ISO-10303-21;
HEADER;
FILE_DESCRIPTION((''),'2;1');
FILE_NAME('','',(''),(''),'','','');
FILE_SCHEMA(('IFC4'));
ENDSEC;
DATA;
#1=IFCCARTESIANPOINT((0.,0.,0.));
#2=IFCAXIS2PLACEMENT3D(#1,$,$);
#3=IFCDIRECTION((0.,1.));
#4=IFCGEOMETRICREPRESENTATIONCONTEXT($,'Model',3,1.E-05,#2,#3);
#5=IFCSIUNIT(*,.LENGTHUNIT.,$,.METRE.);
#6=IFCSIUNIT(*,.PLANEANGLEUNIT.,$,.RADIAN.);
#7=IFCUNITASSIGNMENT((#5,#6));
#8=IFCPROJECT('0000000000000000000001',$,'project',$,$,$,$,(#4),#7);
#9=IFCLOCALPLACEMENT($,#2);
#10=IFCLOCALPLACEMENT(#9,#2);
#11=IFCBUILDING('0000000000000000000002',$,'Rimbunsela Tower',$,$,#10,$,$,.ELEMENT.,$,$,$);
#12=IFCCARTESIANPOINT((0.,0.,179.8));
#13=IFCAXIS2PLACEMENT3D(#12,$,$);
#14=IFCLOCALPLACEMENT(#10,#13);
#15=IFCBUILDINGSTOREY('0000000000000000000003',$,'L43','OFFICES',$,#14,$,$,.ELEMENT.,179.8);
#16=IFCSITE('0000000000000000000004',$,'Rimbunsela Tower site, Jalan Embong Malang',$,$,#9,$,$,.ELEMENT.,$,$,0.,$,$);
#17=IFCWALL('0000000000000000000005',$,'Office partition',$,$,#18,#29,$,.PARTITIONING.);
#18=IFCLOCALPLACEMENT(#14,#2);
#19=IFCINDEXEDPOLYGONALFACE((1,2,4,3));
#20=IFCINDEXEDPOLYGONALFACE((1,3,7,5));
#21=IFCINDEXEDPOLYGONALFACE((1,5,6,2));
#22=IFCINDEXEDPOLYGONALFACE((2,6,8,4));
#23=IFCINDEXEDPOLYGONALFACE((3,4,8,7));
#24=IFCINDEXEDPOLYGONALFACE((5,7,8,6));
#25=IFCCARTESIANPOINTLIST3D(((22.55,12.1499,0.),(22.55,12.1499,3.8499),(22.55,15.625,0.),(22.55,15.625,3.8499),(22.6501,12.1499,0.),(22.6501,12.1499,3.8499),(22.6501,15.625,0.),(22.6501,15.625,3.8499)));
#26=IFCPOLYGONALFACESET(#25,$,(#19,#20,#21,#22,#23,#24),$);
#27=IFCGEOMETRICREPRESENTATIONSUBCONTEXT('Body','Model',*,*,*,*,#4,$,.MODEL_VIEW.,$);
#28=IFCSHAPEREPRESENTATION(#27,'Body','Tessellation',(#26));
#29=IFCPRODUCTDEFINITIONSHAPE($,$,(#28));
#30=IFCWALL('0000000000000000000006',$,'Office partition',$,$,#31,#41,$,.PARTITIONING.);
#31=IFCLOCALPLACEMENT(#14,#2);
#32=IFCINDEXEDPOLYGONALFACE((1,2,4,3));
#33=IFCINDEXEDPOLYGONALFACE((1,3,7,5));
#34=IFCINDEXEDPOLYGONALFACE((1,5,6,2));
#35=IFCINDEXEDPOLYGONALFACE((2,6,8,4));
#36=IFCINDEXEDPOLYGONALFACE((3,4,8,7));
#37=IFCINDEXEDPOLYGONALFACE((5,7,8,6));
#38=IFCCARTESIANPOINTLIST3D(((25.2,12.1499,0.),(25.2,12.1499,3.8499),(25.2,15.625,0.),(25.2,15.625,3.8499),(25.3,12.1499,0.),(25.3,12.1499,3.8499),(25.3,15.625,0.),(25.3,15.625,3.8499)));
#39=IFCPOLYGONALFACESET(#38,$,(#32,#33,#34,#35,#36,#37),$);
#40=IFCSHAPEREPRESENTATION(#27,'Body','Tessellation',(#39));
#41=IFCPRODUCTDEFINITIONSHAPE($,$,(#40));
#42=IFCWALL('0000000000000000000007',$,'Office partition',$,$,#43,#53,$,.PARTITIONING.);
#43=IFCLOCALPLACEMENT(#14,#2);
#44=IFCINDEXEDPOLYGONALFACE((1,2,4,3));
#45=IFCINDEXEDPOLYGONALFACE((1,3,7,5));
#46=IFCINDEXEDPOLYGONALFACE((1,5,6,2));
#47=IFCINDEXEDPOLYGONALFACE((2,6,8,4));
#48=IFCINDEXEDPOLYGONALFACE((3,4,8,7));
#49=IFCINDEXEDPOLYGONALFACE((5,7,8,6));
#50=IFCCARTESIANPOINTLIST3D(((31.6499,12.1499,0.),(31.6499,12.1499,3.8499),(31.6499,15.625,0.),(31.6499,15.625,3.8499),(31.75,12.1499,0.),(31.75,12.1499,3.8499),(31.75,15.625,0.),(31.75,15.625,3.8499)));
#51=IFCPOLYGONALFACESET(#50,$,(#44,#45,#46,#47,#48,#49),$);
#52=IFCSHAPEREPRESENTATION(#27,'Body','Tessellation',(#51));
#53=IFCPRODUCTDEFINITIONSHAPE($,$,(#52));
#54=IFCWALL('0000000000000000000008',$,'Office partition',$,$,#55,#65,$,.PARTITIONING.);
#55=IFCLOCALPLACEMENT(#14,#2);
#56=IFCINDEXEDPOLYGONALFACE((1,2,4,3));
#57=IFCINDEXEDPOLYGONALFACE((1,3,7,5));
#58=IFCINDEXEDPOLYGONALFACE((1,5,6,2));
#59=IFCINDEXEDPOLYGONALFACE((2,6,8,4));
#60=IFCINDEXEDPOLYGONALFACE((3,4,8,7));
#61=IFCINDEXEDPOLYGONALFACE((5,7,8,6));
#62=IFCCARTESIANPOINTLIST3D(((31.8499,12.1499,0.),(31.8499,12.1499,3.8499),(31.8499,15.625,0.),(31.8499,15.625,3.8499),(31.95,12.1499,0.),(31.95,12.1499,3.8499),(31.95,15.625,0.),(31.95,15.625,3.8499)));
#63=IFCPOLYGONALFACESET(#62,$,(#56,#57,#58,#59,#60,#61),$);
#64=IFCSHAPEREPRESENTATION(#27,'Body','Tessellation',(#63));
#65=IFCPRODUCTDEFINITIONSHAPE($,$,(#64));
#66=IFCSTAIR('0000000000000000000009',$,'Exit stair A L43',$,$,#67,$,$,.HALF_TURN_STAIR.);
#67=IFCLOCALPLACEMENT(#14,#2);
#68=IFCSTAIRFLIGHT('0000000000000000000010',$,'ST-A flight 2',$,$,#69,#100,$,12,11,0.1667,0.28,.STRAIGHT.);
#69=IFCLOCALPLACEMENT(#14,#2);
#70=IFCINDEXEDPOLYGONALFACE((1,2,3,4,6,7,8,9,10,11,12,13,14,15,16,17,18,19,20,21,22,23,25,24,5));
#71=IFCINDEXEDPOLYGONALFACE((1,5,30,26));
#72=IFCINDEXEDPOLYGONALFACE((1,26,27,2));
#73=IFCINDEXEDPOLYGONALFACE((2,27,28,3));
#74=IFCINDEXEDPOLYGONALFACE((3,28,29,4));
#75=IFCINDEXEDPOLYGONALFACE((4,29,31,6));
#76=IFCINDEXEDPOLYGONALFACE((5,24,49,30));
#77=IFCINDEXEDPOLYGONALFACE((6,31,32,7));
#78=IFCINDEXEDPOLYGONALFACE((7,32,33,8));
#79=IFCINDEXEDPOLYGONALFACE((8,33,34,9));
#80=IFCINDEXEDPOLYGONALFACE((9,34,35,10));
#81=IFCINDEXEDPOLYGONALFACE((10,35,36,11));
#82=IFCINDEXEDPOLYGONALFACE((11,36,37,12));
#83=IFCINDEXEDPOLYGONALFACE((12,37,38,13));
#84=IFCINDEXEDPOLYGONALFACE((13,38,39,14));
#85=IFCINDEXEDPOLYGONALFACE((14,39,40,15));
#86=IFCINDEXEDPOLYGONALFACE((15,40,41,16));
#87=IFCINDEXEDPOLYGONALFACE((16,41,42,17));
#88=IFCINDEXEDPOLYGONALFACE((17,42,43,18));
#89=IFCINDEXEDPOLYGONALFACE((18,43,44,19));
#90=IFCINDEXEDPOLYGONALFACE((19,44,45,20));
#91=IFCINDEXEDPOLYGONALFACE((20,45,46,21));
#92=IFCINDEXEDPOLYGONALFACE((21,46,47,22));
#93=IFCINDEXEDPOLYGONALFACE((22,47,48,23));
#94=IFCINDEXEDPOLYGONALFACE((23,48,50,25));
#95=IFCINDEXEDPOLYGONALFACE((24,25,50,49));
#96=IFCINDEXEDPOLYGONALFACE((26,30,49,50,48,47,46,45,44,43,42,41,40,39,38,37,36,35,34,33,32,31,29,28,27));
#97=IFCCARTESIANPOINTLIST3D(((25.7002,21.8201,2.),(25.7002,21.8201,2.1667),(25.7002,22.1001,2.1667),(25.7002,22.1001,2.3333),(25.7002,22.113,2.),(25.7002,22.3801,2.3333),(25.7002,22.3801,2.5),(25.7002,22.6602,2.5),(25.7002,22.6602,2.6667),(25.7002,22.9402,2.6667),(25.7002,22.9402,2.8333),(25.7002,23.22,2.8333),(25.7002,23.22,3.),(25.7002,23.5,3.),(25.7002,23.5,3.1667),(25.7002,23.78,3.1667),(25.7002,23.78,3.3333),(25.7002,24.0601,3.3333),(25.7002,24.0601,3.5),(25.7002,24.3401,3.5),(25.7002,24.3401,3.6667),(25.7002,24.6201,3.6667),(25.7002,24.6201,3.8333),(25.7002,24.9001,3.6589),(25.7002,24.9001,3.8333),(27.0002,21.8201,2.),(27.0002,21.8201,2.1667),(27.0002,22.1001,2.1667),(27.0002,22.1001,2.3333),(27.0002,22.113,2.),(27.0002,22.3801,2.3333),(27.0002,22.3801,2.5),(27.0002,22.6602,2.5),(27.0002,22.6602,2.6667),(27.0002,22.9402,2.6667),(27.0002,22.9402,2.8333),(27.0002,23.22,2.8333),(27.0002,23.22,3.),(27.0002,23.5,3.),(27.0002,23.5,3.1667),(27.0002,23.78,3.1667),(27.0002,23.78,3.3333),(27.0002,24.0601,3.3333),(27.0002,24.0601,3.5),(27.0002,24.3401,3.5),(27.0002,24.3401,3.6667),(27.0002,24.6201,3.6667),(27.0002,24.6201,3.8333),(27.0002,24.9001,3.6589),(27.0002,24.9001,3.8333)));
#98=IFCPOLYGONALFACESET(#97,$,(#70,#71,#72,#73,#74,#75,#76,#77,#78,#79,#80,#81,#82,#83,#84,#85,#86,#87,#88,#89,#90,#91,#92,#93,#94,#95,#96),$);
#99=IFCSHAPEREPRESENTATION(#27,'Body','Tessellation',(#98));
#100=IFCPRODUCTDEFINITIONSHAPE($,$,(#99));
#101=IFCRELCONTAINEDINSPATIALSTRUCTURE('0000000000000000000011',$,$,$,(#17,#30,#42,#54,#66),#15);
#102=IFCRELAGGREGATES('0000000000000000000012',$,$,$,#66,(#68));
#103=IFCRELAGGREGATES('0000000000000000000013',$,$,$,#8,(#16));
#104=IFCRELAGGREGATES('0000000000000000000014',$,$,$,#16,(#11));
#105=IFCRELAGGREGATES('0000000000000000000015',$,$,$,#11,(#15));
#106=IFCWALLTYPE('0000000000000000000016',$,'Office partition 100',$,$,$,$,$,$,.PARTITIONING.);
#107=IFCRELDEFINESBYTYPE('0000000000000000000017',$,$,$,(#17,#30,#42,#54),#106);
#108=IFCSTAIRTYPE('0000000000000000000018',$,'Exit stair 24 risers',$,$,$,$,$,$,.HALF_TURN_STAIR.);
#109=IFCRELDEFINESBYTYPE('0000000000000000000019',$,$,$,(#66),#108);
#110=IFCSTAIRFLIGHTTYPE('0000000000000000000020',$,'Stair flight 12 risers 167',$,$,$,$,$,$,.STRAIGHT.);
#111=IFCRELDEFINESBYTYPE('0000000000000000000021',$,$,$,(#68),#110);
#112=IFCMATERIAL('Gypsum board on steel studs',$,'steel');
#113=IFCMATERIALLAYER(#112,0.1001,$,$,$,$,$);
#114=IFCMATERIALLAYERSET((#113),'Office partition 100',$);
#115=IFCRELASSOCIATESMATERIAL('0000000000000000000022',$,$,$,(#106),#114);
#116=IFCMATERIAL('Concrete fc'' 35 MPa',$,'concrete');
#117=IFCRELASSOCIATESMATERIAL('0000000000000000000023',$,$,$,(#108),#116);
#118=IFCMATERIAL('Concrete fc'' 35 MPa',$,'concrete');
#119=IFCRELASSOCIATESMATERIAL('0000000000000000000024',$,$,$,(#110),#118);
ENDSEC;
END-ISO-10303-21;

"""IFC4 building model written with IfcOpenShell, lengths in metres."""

from ifc_helpers import new_model, si_unit, direction, frame, frame_2d, origin, place, context, subcontext, project, spatial, polyline, rectangle, outline, extrude, material, layer, layer_set, type_object, element, aggregate, save


model = new_model("IFC4")

# Units and contexts
model_context = context("Model", 3, precision=1e-05, world=origin(), true_north=direction((0.0, 1.0)))
body_context = subcontext(model_context, "Body", "Model", "MODEL_VIEW")
ifc_project = project(units=[si_unit("LENGTHUNIT", "METRE"), si_unit("PLANEANGLEUNIT", "RADIAN")], contexts=[model_context])

# Site, building, storey
site_placement = place(None, origin())
site = spatial("IfcSite", under=ifc_project, at=site_placement, Name="Rimbunsela Tower site, Jalan Embong Malang", CompositionType="ELEMENT", RefElevation=0.0)
building_placement = place(site_placement, origin())
building = spatial("IfcBuilding", under=site, at=building_placement, Name="Rimbunsela Tower", CompositionType="ELEMENT")
storey_placement = place(building_placement, frame((0.0, 0.0, 179.8)))
storey = spatial("IfcBuildingStorey", under=building, at=storey_placement, Name="L43", Description="OFFICES", CompositionType="ELEMENT", Elevation=179.8)

# Shared definitions
ifc_material_1 = material(Name="Gypsum board on steel studs", Category="steel")
ifc_layer_1 = layer(ifc_material_1, 0.1001)
ifc_layer_set_1 = layer_set([ifc_layer_1], Name="Office partition 100")
wall_type_1 = type_object("IfcWallType", Name="Office partition 100", PredefinedType="PARTITIONING", material=ifc_layer_set_1)

# Walls
for number, where, z_axis, x_axis, name in (
    (1, (22.6001, 12.1499, 0.0), (0.0, 0.0, 1.0), (0.0, 1.0, 0.0), "Office partition"),
    (2, (25.25, 12.1499, 0.0), (0.0, 0.0, 1.0), (0.0, 1.0, 0.0), "Office partition"),
    (3, (31.7, 12.1499, 0.0), (0.0, 0.0, 1.0), (0.0, 1.0, 0.0), "Office partition"),
    (4, (31.8999, 12.1499, 0.0), (0.0, 0.0, 1.0), (0.0, 1.0, 0.0), "Office partition"),
):
    element("IfcWall", number, at=place(storey_placement, frame(where, z_axis=z_axis, x_axis=x_axis)), inside=storey, type_object=wall_type_1, Name=name, PredefinedType="PARTITIONING", context=body_context, shape_type="SweptSolid", body=[
        extrude(rectangle(XDim=3.4751, YDim=0.1001, at=frame_2d((1.7375, 0.0))), origin(), (0.0, 0.0, 1.0), 3.8499),
    ])

# Stair, stair flight
ifc_material_2 = material(Name="Concrete fc' 35 MPa", Category="concrete")
stair_type = type_object("IfcStairType", Name="Exit stair 24 risers", PredefinedType="HALF_TURN_STAIR", material=ifc_material_2)
stair_placement = place(storey_placement, origin())
stair = element("IfcStair", 5, at=stair_placement, inside=storey, type_object=stair_type, Name="Exit stair A L43", PredefinedType="HALF_TURN_STAIR")
ifc_material_3 = material(Name="Concrete fc' 35 MPa", Category="concrete")
stair_flight_type = type_object("IfcStairFlightType", Name="Stair flight 12 risers 167", PredefinedType="STRAIGHT", material=ifc_material_3)
stair_flight_placement = place(storey_placement, frame((26.3501, 21.8201, 2.0), z_axis=(0.0, 0.0, 1.0), x_axis=(0.0, 1.0, 0.0)))
stair_flight = element("IfcStairFlight", 6, at=stair_flight_placement, type_object=stair_flight_type, Name="ST-A flight 2", NumberOfRisers=12, NumberOfTreads=11, PredefinedType="STRAIGHT", RiserHeight=0.1667, TreadLength=0.28, context=body_context, shape_type="SweptSolid", body=[
    extrude(outline(polyline([(0.0, 0.0), (0.0, 0.1667), (0.28, 0.1667), (0.28, 0.3333), (0.5601, 0.3333), (0.5601, 0.5), (0.8401, 0.5), (0.8401, 0.6667), (1.1201, 0.6667), (1.1201, 0.8333), (1.3999, 0.8333), (1.3999, 1.0), (1.6799, 1.0), (1.6799, 1.1667), (1.96, 1.1667), (1.96, 1.3333), (2.24, 1.3333), (2.24, 1.5), (2.52, 1.5), (2.52, 1.6667), (2.8, 1.6667), (2.8, 1.8333), (3.0801, 1.8333), (3.0801, 2.0), (3.0801, 1.6589), (0.293, 0.0), (0.0, 0.0)])), frame((0.0, 0.6499, 0.0), z_axis=(0.0, -1.0, 0.0), x_axis=(1.0, 0.0, 0.0)), (0.0, 0.0, 1.0), 1.3),
])
aggregate(stair, [stair_flight])

save(model, "model.ifc")
